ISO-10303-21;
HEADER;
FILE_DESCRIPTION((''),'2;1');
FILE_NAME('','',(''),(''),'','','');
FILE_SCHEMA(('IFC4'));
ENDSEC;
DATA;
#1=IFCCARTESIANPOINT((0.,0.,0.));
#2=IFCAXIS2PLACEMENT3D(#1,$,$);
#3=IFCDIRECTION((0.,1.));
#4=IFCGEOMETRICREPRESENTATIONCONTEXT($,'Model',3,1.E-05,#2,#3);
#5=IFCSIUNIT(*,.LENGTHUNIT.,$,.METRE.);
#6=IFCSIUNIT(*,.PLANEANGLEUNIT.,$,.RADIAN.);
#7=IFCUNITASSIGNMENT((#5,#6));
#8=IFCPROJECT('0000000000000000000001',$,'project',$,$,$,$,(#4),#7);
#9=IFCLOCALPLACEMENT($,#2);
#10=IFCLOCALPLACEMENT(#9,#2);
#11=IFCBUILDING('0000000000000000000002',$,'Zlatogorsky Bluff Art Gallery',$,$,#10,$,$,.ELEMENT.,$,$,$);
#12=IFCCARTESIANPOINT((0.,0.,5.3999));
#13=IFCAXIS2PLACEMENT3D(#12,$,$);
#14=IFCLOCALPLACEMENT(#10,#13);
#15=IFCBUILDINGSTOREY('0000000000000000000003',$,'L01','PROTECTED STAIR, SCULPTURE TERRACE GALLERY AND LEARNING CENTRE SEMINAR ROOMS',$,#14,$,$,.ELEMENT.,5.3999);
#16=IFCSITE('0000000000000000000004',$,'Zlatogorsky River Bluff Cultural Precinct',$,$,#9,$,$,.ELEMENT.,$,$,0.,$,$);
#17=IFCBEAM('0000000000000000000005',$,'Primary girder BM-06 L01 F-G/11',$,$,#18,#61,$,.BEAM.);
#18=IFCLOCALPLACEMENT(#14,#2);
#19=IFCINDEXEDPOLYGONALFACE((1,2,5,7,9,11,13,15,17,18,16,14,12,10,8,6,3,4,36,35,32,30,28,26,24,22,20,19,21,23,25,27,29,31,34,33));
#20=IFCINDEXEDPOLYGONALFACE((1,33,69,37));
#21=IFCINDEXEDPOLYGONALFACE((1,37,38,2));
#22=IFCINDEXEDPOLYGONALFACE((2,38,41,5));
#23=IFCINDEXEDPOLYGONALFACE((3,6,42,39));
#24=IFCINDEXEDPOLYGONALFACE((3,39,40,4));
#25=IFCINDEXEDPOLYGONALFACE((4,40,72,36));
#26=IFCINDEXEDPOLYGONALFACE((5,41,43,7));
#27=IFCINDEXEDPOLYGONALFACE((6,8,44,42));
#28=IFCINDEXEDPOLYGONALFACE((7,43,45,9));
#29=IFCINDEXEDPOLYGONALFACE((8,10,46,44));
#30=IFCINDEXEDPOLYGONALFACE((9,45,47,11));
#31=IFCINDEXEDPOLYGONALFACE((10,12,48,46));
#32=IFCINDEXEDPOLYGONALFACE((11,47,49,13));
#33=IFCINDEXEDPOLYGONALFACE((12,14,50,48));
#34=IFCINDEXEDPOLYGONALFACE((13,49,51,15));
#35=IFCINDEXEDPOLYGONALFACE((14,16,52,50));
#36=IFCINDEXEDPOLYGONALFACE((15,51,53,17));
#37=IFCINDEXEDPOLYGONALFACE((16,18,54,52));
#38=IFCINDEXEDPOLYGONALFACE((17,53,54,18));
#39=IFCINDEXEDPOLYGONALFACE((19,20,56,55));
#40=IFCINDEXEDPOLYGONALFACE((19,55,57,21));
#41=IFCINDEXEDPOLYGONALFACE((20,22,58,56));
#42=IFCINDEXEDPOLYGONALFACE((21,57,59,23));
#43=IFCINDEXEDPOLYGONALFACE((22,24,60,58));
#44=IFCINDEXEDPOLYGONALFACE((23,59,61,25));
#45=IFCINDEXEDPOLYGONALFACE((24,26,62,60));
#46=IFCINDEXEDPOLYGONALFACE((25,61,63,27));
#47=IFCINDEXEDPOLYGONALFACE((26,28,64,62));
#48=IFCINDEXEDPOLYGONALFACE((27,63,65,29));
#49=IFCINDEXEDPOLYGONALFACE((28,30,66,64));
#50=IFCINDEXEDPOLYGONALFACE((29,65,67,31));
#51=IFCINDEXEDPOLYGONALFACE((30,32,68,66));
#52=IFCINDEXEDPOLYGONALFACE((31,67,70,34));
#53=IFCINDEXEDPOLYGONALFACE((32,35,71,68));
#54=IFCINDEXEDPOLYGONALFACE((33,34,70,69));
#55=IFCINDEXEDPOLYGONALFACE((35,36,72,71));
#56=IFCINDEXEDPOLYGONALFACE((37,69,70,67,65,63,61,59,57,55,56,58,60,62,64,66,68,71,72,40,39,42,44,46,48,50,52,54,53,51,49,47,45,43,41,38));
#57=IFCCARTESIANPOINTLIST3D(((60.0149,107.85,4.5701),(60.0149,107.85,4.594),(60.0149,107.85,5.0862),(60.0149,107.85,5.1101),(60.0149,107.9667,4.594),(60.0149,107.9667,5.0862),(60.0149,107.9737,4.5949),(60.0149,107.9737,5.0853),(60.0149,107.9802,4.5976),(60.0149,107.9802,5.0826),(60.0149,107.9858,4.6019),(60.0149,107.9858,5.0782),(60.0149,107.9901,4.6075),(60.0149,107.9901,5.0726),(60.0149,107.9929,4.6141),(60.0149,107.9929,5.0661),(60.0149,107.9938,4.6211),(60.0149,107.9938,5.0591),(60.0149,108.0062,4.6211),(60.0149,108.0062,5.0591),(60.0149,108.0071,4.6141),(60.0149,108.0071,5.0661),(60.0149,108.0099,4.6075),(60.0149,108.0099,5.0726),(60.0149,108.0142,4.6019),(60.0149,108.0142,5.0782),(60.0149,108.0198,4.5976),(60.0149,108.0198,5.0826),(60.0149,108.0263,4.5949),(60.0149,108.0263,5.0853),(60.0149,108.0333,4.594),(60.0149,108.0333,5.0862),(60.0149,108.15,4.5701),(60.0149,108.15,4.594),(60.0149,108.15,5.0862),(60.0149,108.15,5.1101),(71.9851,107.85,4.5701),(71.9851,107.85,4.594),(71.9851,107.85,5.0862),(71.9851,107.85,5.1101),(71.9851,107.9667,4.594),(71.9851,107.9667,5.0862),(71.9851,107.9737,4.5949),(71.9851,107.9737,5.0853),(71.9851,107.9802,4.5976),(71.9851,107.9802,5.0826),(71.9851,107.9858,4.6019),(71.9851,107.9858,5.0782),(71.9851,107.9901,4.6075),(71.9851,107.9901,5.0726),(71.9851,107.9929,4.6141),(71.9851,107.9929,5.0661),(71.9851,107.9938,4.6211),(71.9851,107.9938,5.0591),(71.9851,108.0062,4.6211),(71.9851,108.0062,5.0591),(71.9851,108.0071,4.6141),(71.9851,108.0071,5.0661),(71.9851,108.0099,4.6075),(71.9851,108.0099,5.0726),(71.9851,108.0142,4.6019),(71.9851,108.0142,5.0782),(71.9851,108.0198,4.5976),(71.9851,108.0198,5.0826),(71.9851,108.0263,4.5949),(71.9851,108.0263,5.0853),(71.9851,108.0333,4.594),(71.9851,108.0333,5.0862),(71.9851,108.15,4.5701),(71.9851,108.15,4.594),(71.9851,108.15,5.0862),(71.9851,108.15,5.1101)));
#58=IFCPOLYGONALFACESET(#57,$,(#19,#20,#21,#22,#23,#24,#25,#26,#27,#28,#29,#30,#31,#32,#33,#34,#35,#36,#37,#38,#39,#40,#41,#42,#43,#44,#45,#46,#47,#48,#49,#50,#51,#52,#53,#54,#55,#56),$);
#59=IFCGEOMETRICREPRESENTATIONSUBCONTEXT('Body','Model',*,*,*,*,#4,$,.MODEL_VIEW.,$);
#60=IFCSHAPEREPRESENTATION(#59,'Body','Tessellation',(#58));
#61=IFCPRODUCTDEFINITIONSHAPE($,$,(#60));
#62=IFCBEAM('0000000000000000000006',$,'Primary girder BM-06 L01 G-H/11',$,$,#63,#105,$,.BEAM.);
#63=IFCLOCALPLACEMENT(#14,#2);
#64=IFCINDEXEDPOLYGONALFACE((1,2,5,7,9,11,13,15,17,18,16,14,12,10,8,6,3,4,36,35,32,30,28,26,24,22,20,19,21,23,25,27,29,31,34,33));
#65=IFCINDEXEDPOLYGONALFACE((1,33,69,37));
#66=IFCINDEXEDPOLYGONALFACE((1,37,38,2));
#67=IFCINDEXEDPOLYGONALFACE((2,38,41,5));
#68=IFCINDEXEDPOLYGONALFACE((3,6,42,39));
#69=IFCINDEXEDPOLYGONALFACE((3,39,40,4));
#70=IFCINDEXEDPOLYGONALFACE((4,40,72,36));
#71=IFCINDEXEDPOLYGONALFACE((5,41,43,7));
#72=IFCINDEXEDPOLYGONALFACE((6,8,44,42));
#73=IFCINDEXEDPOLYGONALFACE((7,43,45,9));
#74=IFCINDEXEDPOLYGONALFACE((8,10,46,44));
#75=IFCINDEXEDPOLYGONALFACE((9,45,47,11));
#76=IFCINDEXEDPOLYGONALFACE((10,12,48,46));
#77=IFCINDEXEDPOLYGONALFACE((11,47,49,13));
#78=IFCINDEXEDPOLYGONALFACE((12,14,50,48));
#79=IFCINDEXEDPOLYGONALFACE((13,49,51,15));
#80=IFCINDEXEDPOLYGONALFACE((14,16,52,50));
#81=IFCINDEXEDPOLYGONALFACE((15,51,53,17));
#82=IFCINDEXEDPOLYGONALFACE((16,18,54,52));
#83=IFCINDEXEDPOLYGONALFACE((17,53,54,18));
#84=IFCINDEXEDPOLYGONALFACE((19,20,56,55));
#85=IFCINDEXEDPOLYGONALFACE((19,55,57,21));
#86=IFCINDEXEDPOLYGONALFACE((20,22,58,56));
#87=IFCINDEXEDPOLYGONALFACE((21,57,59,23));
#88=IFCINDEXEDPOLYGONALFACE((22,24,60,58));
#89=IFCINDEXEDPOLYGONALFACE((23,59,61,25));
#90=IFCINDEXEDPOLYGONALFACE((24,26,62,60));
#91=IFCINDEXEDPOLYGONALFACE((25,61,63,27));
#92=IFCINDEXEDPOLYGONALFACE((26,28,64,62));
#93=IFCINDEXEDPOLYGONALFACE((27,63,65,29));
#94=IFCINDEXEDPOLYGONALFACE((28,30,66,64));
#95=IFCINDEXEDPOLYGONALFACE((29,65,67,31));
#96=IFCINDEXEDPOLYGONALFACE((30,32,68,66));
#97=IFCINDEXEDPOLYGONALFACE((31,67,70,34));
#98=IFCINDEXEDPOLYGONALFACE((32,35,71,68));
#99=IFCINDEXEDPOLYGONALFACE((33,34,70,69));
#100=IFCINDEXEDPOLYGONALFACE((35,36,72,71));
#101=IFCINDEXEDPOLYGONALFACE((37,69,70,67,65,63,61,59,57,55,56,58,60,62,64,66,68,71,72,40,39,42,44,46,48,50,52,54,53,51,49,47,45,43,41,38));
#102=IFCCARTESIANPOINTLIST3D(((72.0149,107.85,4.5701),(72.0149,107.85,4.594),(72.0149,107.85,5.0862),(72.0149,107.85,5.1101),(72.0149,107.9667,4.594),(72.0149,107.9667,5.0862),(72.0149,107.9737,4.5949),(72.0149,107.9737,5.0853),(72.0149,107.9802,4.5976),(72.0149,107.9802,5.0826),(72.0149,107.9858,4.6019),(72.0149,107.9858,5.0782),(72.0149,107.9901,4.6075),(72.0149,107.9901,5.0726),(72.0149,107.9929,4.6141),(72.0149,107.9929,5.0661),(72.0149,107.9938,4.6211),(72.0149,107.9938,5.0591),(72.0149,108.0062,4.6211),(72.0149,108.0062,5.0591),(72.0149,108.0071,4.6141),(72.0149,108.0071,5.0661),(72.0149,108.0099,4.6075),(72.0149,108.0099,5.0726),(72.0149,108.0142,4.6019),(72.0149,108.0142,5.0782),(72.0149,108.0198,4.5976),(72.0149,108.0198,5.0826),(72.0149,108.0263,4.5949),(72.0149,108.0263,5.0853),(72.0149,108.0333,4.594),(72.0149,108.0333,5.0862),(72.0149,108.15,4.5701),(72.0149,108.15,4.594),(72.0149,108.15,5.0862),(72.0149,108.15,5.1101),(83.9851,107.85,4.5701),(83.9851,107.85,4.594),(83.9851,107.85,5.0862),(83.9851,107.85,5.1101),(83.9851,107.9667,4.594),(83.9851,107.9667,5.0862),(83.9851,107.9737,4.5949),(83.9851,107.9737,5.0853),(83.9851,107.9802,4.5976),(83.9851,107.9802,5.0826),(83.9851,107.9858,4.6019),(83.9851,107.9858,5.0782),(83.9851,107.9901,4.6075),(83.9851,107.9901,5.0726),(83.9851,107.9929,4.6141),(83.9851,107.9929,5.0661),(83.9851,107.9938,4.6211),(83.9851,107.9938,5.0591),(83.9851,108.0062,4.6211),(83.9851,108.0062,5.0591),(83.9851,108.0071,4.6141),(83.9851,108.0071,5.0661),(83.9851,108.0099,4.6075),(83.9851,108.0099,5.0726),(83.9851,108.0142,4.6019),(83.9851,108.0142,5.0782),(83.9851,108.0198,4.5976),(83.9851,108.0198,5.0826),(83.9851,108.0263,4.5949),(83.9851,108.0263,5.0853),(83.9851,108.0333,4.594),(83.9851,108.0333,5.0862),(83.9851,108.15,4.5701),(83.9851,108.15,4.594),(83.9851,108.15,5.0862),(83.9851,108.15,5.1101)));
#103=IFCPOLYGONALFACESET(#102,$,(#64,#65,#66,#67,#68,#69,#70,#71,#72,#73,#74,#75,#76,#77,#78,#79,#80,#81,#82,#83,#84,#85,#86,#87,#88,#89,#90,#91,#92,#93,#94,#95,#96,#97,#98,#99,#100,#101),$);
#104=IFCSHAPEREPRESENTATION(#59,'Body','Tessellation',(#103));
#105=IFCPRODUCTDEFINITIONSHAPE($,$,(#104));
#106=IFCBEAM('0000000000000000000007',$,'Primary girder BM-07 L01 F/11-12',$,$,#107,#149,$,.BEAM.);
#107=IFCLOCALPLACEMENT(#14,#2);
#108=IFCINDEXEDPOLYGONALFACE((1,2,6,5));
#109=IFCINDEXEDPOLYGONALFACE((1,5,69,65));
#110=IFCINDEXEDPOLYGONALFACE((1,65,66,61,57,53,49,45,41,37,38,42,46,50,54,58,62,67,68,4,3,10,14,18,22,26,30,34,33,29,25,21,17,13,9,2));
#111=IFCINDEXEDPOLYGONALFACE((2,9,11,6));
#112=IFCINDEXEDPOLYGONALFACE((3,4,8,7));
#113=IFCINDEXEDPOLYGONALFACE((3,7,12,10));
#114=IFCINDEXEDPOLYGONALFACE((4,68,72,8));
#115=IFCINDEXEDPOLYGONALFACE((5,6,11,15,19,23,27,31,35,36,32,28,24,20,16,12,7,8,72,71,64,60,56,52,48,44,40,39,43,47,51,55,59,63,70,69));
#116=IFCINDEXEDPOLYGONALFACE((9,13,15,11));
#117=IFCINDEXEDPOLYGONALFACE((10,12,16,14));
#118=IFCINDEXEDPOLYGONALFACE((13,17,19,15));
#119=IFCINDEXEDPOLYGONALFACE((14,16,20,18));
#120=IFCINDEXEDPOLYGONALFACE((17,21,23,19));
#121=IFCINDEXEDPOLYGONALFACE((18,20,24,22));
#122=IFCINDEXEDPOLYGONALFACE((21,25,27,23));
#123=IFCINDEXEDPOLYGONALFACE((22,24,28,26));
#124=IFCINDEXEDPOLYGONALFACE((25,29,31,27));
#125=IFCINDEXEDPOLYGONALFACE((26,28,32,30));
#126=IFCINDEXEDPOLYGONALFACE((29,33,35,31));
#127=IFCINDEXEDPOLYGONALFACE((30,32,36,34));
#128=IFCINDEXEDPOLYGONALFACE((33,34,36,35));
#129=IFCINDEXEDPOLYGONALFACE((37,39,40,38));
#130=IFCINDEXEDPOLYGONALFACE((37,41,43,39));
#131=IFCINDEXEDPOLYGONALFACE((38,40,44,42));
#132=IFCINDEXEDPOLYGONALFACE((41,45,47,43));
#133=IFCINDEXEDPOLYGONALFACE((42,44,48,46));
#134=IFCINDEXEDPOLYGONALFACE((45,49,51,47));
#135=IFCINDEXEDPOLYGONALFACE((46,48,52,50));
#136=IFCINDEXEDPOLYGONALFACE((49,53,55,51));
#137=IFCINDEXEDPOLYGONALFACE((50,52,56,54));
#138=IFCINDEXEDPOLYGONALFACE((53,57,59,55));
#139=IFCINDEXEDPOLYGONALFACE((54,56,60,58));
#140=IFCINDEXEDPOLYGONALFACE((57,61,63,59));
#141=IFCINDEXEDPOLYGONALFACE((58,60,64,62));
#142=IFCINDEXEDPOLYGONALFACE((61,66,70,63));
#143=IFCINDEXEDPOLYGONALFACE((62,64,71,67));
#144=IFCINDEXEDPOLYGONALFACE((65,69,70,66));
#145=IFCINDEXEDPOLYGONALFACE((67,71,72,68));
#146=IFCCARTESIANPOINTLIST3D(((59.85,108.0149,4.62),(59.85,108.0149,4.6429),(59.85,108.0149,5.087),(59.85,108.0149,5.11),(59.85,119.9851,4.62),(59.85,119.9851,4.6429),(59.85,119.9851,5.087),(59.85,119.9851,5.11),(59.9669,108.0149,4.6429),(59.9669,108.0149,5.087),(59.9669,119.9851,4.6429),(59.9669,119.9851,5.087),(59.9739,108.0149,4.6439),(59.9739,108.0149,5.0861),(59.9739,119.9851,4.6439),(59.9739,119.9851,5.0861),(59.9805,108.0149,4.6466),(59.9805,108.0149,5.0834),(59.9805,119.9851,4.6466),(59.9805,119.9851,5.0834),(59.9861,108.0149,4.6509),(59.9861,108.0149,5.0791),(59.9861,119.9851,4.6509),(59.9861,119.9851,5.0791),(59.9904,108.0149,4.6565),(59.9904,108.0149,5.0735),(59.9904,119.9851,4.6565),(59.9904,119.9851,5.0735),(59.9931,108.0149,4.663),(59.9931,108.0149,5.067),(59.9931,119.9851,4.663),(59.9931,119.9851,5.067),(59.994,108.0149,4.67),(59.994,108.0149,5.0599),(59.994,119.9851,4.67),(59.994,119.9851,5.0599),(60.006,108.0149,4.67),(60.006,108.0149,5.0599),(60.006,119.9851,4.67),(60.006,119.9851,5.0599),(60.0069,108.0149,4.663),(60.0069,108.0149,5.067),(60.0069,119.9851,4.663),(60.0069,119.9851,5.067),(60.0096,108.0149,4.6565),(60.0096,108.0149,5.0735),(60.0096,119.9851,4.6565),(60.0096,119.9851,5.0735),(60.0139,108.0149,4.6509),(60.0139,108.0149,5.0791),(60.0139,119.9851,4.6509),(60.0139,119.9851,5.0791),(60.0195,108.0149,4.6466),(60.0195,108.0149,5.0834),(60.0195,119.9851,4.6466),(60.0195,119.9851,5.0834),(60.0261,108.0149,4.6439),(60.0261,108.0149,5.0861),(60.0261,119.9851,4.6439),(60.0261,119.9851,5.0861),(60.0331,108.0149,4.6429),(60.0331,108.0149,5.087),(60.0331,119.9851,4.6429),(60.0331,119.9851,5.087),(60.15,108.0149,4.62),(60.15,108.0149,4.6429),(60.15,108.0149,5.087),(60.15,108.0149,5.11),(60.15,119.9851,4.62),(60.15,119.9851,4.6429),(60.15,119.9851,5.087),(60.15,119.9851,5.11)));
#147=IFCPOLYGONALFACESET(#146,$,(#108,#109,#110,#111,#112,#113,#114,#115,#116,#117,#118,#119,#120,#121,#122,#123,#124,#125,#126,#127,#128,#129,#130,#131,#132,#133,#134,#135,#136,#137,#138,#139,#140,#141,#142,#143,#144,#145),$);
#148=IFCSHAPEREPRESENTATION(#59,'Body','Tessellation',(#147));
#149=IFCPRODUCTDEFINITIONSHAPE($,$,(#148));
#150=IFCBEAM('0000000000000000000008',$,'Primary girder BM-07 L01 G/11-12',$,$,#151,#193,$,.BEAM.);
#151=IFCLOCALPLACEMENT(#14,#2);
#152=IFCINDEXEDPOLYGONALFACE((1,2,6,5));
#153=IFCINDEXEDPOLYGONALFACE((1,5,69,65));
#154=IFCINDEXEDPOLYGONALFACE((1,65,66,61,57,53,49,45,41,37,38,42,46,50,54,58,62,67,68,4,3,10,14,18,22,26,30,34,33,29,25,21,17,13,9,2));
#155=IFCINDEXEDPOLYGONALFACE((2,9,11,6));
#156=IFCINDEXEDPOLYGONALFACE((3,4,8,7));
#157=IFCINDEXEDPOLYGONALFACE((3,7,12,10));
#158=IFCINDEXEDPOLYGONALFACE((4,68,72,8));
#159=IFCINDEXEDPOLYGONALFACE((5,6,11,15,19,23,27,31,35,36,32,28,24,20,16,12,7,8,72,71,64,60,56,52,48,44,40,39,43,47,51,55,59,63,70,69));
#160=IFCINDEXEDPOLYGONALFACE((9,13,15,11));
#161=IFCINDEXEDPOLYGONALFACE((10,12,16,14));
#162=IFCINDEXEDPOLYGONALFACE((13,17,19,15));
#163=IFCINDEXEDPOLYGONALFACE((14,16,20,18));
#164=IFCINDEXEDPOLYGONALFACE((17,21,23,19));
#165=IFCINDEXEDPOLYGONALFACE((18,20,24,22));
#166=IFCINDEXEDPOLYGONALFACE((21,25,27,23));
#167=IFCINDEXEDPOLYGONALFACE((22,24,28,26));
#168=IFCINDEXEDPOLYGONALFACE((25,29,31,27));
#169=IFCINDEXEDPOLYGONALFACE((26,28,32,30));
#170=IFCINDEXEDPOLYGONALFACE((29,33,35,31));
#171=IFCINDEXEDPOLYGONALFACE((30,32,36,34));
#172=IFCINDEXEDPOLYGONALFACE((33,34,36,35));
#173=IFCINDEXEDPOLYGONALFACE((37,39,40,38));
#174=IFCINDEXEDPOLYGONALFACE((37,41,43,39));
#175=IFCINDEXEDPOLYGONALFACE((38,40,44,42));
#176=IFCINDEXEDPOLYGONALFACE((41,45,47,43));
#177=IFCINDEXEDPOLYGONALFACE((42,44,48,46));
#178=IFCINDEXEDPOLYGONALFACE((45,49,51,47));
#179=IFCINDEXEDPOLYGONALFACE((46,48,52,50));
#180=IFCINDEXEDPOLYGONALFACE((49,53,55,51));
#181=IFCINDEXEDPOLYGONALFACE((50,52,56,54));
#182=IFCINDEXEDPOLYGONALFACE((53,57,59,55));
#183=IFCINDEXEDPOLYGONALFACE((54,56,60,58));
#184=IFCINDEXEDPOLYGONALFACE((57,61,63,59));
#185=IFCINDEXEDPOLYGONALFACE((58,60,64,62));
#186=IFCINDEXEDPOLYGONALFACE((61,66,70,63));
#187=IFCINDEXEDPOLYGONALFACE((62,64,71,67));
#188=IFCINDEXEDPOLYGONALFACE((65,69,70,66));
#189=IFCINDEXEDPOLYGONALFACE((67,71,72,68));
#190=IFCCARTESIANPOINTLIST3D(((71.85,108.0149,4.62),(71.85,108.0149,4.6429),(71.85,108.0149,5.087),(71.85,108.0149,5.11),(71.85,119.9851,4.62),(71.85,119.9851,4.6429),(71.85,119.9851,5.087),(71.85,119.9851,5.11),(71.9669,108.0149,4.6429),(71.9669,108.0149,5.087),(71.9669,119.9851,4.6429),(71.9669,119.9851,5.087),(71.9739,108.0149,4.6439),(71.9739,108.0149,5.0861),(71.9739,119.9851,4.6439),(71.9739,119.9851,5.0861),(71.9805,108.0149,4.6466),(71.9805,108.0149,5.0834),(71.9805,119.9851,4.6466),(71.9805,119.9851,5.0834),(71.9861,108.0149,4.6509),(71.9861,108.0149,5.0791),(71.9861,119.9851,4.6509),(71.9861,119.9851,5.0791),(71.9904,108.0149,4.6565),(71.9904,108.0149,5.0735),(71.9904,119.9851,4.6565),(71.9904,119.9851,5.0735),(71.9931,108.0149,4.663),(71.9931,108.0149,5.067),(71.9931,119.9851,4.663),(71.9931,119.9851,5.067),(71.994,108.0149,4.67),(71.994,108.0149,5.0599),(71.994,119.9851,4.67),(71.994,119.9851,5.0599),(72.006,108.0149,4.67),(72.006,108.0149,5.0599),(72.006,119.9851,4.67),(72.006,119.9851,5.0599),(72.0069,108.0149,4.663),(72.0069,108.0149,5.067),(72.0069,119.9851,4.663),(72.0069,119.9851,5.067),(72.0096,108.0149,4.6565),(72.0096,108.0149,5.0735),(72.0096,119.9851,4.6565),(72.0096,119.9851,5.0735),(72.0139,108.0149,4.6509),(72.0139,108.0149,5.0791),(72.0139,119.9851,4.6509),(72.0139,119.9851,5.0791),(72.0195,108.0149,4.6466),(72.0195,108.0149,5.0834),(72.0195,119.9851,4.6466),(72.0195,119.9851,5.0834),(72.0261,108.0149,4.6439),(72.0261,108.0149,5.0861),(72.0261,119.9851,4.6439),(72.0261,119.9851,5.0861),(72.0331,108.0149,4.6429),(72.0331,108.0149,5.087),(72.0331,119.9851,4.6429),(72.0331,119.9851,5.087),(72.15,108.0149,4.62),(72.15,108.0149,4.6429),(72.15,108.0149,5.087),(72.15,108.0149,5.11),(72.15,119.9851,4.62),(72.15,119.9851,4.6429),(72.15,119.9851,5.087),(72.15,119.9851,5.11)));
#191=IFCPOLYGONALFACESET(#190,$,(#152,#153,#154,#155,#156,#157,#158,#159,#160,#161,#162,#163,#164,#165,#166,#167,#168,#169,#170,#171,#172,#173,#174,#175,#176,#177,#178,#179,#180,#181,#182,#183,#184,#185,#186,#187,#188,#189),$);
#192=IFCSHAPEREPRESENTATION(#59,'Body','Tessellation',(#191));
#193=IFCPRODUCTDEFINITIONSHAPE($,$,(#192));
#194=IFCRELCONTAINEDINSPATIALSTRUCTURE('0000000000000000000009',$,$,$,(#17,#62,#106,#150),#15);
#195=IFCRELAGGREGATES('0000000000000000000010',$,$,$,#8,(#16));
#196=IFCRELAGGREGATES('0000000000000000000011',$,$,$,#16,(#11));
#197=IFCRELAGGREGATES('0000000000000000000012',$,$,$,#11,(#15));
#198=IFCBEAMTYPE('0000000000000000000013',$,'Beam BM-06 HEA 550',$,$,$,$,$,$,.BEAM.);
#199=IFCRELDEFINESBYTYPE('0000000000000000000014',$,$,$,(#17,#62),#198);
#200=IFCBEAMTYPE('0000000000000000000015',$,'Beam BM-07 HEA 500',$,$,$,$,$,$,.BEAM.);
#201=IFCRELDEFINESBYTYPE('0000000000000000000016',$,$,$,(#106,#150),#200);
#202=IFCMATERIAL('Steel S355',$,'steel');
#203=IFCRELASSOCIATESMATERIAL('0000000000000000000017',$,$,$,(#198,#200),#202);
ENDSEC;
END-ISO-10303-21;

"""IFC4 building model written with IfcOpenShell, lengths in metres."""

from ifc_helpers import new_model, si_unit, direction, frame, origin, origin_2d, place, context, subcontext, project, spatial, i_section, extrude, material, material_profile, profile_set, type_object, element, save


model = new_model("IFC4")

# Units and contexts
model_context = context("Model", 3, precision=1e-05, world=origin(), true_north=direction((0.0, 1.0)))
body_context = subcontext(model_context, "Body", "Model", "MODEL_VIEW")
ifc_project = project(units=[si_unit("LENGTHUNIT", "METRE"), si_unit("PLANEANGLEUNIT", "RADIAN")], contexts=[model_context])

# Site, building, storey
site_placement = place(None, origin())
site = spatial("IfcSite", under=ifc_project, at=site_placement, Name="Zlatogorsky River Bluff Cultural Precinct", CompositionType="ELEMENT", RefElevation=0.0)
building_placement = place(site_placement, origin())
building = spatial("IfcBuilding", under=site, at=building_placement, Name="Zlatogorsky Bluff Art Gallery", CompositionType="ELEMENT")
storey_placement = place(building_placement, frame((0.0, 0.0, 5.3999)))
storey = spatial("IfcBuildingStorey", under=building, at=storey_placement, Name="L01", Description="PROTECTED STAIR, SCULPTURE TERRACE GALLERY AND LEARNING CENTRE SEMINAR ROOMS", CompositionType="ELEMENT", Elevation=5.3999)

# Shared definitions
ifc_material_1 = material(Name="Steel S355", Category="steel")

# Beams
ifc_material_profile_1 = material_profile(ifc_material_1, i_section(OverallWidth=0.3, OverallDepth=0.54, WebThickness=0.0125, FlangeThickness=0.0239, FilletRadius=0.0271, at=origin_2d()), Name="HEA 550")
ifc_profile_set_1 = profile_set([ifc_material_profile_1], Name="Steel S355")
beam_type_1 = type_object("IfcBeamType", Name="Beam BM-06 HEA 550", PredefinedType="BEAM", material=ifc_profile_set_1)
for number, where, z_axis, x_axis, name in (
    (1, (60.0149, 108.0, 4.8401), (1.0, 0.0, 0.0), (0.0, 1.0, 0.0), "Primary girder BM-06 L01 F-G/11"),
    (2, (72.0149, 108.0, 4.8401), (1.0, 0.0, 0.0), (0.0, 1.0, 0.0), "Primary girder BM-06 L01 G-H/11"),
):
    element("IfcBeam", number, at=place(storey_placement, frame(where, z_axis=z_axis, x_axis=x_axis)), inside=storey, type_object=beam_type_1, Name=name, PredefinedType="BEAM", context=body_context, shape_type="SweptSolid", body=[
        extrude(i_section(OverallWidth=0.3, OverallDepth=0.54, WebThickness=0.0125, FlangeThickness=0.0239, FilletRadius=0.0271, at=origin_2d()), origin(), (0.0, 0.0, 1.0), 11.9702),
    ])
ifc_material_profile_2 = material_profile(ifc_material_1, i_section(OverallWidth=0.3, OverallDepth=0.49, WebThickness=0.012, FlangeThickness=0.0229, FilletRadius=0.0271, at=origin_2d()), Name="HEA 500")
ifc_profile_set_2 = profile_set([ifc_material_profile_2], Name="Steel S355")
beam_type_2 = type_object("IfcBeamType", Name="Beam BM-07 HEA 500", PredefinedType="BEAM", material=ifc_profile_set_2)
for number, where, z_axis, x_axis, name in (
    (3, (60.0, 108.0149, 4.865), (0.0, 1.0, 0.0), (-1.0, 0.0, 0.0), "Primary girder BM-07 L01 F/11-12"),
    (4, (72.0, 108.0149, 4.865), (0.0, 1.0, 0.0), (-1.0, 0.0, 0.0), "Primary girder BM-07 L01 G/11-12"),
):
    element("IfcBeam", number, at=place(storey_placement, frame(where, z_axis=z_axis, x_axis=x_axis)), inside=storey, type_object=beam_type_2, Name=name, PredefinedType="BEAM", context=body_context, shape_type="SweptSolid", body=[
        extrude(i_section(OverallWidth=0.3, OverallDepth=0.49, WebThickness=0.012, FlangeThickness=0.0229, FilletRadius=0.0271, at=origin_2d()), origin(), (0.0, 0.0, 1.0), 11.9702),
    ])

save(model, "model.ifc")
